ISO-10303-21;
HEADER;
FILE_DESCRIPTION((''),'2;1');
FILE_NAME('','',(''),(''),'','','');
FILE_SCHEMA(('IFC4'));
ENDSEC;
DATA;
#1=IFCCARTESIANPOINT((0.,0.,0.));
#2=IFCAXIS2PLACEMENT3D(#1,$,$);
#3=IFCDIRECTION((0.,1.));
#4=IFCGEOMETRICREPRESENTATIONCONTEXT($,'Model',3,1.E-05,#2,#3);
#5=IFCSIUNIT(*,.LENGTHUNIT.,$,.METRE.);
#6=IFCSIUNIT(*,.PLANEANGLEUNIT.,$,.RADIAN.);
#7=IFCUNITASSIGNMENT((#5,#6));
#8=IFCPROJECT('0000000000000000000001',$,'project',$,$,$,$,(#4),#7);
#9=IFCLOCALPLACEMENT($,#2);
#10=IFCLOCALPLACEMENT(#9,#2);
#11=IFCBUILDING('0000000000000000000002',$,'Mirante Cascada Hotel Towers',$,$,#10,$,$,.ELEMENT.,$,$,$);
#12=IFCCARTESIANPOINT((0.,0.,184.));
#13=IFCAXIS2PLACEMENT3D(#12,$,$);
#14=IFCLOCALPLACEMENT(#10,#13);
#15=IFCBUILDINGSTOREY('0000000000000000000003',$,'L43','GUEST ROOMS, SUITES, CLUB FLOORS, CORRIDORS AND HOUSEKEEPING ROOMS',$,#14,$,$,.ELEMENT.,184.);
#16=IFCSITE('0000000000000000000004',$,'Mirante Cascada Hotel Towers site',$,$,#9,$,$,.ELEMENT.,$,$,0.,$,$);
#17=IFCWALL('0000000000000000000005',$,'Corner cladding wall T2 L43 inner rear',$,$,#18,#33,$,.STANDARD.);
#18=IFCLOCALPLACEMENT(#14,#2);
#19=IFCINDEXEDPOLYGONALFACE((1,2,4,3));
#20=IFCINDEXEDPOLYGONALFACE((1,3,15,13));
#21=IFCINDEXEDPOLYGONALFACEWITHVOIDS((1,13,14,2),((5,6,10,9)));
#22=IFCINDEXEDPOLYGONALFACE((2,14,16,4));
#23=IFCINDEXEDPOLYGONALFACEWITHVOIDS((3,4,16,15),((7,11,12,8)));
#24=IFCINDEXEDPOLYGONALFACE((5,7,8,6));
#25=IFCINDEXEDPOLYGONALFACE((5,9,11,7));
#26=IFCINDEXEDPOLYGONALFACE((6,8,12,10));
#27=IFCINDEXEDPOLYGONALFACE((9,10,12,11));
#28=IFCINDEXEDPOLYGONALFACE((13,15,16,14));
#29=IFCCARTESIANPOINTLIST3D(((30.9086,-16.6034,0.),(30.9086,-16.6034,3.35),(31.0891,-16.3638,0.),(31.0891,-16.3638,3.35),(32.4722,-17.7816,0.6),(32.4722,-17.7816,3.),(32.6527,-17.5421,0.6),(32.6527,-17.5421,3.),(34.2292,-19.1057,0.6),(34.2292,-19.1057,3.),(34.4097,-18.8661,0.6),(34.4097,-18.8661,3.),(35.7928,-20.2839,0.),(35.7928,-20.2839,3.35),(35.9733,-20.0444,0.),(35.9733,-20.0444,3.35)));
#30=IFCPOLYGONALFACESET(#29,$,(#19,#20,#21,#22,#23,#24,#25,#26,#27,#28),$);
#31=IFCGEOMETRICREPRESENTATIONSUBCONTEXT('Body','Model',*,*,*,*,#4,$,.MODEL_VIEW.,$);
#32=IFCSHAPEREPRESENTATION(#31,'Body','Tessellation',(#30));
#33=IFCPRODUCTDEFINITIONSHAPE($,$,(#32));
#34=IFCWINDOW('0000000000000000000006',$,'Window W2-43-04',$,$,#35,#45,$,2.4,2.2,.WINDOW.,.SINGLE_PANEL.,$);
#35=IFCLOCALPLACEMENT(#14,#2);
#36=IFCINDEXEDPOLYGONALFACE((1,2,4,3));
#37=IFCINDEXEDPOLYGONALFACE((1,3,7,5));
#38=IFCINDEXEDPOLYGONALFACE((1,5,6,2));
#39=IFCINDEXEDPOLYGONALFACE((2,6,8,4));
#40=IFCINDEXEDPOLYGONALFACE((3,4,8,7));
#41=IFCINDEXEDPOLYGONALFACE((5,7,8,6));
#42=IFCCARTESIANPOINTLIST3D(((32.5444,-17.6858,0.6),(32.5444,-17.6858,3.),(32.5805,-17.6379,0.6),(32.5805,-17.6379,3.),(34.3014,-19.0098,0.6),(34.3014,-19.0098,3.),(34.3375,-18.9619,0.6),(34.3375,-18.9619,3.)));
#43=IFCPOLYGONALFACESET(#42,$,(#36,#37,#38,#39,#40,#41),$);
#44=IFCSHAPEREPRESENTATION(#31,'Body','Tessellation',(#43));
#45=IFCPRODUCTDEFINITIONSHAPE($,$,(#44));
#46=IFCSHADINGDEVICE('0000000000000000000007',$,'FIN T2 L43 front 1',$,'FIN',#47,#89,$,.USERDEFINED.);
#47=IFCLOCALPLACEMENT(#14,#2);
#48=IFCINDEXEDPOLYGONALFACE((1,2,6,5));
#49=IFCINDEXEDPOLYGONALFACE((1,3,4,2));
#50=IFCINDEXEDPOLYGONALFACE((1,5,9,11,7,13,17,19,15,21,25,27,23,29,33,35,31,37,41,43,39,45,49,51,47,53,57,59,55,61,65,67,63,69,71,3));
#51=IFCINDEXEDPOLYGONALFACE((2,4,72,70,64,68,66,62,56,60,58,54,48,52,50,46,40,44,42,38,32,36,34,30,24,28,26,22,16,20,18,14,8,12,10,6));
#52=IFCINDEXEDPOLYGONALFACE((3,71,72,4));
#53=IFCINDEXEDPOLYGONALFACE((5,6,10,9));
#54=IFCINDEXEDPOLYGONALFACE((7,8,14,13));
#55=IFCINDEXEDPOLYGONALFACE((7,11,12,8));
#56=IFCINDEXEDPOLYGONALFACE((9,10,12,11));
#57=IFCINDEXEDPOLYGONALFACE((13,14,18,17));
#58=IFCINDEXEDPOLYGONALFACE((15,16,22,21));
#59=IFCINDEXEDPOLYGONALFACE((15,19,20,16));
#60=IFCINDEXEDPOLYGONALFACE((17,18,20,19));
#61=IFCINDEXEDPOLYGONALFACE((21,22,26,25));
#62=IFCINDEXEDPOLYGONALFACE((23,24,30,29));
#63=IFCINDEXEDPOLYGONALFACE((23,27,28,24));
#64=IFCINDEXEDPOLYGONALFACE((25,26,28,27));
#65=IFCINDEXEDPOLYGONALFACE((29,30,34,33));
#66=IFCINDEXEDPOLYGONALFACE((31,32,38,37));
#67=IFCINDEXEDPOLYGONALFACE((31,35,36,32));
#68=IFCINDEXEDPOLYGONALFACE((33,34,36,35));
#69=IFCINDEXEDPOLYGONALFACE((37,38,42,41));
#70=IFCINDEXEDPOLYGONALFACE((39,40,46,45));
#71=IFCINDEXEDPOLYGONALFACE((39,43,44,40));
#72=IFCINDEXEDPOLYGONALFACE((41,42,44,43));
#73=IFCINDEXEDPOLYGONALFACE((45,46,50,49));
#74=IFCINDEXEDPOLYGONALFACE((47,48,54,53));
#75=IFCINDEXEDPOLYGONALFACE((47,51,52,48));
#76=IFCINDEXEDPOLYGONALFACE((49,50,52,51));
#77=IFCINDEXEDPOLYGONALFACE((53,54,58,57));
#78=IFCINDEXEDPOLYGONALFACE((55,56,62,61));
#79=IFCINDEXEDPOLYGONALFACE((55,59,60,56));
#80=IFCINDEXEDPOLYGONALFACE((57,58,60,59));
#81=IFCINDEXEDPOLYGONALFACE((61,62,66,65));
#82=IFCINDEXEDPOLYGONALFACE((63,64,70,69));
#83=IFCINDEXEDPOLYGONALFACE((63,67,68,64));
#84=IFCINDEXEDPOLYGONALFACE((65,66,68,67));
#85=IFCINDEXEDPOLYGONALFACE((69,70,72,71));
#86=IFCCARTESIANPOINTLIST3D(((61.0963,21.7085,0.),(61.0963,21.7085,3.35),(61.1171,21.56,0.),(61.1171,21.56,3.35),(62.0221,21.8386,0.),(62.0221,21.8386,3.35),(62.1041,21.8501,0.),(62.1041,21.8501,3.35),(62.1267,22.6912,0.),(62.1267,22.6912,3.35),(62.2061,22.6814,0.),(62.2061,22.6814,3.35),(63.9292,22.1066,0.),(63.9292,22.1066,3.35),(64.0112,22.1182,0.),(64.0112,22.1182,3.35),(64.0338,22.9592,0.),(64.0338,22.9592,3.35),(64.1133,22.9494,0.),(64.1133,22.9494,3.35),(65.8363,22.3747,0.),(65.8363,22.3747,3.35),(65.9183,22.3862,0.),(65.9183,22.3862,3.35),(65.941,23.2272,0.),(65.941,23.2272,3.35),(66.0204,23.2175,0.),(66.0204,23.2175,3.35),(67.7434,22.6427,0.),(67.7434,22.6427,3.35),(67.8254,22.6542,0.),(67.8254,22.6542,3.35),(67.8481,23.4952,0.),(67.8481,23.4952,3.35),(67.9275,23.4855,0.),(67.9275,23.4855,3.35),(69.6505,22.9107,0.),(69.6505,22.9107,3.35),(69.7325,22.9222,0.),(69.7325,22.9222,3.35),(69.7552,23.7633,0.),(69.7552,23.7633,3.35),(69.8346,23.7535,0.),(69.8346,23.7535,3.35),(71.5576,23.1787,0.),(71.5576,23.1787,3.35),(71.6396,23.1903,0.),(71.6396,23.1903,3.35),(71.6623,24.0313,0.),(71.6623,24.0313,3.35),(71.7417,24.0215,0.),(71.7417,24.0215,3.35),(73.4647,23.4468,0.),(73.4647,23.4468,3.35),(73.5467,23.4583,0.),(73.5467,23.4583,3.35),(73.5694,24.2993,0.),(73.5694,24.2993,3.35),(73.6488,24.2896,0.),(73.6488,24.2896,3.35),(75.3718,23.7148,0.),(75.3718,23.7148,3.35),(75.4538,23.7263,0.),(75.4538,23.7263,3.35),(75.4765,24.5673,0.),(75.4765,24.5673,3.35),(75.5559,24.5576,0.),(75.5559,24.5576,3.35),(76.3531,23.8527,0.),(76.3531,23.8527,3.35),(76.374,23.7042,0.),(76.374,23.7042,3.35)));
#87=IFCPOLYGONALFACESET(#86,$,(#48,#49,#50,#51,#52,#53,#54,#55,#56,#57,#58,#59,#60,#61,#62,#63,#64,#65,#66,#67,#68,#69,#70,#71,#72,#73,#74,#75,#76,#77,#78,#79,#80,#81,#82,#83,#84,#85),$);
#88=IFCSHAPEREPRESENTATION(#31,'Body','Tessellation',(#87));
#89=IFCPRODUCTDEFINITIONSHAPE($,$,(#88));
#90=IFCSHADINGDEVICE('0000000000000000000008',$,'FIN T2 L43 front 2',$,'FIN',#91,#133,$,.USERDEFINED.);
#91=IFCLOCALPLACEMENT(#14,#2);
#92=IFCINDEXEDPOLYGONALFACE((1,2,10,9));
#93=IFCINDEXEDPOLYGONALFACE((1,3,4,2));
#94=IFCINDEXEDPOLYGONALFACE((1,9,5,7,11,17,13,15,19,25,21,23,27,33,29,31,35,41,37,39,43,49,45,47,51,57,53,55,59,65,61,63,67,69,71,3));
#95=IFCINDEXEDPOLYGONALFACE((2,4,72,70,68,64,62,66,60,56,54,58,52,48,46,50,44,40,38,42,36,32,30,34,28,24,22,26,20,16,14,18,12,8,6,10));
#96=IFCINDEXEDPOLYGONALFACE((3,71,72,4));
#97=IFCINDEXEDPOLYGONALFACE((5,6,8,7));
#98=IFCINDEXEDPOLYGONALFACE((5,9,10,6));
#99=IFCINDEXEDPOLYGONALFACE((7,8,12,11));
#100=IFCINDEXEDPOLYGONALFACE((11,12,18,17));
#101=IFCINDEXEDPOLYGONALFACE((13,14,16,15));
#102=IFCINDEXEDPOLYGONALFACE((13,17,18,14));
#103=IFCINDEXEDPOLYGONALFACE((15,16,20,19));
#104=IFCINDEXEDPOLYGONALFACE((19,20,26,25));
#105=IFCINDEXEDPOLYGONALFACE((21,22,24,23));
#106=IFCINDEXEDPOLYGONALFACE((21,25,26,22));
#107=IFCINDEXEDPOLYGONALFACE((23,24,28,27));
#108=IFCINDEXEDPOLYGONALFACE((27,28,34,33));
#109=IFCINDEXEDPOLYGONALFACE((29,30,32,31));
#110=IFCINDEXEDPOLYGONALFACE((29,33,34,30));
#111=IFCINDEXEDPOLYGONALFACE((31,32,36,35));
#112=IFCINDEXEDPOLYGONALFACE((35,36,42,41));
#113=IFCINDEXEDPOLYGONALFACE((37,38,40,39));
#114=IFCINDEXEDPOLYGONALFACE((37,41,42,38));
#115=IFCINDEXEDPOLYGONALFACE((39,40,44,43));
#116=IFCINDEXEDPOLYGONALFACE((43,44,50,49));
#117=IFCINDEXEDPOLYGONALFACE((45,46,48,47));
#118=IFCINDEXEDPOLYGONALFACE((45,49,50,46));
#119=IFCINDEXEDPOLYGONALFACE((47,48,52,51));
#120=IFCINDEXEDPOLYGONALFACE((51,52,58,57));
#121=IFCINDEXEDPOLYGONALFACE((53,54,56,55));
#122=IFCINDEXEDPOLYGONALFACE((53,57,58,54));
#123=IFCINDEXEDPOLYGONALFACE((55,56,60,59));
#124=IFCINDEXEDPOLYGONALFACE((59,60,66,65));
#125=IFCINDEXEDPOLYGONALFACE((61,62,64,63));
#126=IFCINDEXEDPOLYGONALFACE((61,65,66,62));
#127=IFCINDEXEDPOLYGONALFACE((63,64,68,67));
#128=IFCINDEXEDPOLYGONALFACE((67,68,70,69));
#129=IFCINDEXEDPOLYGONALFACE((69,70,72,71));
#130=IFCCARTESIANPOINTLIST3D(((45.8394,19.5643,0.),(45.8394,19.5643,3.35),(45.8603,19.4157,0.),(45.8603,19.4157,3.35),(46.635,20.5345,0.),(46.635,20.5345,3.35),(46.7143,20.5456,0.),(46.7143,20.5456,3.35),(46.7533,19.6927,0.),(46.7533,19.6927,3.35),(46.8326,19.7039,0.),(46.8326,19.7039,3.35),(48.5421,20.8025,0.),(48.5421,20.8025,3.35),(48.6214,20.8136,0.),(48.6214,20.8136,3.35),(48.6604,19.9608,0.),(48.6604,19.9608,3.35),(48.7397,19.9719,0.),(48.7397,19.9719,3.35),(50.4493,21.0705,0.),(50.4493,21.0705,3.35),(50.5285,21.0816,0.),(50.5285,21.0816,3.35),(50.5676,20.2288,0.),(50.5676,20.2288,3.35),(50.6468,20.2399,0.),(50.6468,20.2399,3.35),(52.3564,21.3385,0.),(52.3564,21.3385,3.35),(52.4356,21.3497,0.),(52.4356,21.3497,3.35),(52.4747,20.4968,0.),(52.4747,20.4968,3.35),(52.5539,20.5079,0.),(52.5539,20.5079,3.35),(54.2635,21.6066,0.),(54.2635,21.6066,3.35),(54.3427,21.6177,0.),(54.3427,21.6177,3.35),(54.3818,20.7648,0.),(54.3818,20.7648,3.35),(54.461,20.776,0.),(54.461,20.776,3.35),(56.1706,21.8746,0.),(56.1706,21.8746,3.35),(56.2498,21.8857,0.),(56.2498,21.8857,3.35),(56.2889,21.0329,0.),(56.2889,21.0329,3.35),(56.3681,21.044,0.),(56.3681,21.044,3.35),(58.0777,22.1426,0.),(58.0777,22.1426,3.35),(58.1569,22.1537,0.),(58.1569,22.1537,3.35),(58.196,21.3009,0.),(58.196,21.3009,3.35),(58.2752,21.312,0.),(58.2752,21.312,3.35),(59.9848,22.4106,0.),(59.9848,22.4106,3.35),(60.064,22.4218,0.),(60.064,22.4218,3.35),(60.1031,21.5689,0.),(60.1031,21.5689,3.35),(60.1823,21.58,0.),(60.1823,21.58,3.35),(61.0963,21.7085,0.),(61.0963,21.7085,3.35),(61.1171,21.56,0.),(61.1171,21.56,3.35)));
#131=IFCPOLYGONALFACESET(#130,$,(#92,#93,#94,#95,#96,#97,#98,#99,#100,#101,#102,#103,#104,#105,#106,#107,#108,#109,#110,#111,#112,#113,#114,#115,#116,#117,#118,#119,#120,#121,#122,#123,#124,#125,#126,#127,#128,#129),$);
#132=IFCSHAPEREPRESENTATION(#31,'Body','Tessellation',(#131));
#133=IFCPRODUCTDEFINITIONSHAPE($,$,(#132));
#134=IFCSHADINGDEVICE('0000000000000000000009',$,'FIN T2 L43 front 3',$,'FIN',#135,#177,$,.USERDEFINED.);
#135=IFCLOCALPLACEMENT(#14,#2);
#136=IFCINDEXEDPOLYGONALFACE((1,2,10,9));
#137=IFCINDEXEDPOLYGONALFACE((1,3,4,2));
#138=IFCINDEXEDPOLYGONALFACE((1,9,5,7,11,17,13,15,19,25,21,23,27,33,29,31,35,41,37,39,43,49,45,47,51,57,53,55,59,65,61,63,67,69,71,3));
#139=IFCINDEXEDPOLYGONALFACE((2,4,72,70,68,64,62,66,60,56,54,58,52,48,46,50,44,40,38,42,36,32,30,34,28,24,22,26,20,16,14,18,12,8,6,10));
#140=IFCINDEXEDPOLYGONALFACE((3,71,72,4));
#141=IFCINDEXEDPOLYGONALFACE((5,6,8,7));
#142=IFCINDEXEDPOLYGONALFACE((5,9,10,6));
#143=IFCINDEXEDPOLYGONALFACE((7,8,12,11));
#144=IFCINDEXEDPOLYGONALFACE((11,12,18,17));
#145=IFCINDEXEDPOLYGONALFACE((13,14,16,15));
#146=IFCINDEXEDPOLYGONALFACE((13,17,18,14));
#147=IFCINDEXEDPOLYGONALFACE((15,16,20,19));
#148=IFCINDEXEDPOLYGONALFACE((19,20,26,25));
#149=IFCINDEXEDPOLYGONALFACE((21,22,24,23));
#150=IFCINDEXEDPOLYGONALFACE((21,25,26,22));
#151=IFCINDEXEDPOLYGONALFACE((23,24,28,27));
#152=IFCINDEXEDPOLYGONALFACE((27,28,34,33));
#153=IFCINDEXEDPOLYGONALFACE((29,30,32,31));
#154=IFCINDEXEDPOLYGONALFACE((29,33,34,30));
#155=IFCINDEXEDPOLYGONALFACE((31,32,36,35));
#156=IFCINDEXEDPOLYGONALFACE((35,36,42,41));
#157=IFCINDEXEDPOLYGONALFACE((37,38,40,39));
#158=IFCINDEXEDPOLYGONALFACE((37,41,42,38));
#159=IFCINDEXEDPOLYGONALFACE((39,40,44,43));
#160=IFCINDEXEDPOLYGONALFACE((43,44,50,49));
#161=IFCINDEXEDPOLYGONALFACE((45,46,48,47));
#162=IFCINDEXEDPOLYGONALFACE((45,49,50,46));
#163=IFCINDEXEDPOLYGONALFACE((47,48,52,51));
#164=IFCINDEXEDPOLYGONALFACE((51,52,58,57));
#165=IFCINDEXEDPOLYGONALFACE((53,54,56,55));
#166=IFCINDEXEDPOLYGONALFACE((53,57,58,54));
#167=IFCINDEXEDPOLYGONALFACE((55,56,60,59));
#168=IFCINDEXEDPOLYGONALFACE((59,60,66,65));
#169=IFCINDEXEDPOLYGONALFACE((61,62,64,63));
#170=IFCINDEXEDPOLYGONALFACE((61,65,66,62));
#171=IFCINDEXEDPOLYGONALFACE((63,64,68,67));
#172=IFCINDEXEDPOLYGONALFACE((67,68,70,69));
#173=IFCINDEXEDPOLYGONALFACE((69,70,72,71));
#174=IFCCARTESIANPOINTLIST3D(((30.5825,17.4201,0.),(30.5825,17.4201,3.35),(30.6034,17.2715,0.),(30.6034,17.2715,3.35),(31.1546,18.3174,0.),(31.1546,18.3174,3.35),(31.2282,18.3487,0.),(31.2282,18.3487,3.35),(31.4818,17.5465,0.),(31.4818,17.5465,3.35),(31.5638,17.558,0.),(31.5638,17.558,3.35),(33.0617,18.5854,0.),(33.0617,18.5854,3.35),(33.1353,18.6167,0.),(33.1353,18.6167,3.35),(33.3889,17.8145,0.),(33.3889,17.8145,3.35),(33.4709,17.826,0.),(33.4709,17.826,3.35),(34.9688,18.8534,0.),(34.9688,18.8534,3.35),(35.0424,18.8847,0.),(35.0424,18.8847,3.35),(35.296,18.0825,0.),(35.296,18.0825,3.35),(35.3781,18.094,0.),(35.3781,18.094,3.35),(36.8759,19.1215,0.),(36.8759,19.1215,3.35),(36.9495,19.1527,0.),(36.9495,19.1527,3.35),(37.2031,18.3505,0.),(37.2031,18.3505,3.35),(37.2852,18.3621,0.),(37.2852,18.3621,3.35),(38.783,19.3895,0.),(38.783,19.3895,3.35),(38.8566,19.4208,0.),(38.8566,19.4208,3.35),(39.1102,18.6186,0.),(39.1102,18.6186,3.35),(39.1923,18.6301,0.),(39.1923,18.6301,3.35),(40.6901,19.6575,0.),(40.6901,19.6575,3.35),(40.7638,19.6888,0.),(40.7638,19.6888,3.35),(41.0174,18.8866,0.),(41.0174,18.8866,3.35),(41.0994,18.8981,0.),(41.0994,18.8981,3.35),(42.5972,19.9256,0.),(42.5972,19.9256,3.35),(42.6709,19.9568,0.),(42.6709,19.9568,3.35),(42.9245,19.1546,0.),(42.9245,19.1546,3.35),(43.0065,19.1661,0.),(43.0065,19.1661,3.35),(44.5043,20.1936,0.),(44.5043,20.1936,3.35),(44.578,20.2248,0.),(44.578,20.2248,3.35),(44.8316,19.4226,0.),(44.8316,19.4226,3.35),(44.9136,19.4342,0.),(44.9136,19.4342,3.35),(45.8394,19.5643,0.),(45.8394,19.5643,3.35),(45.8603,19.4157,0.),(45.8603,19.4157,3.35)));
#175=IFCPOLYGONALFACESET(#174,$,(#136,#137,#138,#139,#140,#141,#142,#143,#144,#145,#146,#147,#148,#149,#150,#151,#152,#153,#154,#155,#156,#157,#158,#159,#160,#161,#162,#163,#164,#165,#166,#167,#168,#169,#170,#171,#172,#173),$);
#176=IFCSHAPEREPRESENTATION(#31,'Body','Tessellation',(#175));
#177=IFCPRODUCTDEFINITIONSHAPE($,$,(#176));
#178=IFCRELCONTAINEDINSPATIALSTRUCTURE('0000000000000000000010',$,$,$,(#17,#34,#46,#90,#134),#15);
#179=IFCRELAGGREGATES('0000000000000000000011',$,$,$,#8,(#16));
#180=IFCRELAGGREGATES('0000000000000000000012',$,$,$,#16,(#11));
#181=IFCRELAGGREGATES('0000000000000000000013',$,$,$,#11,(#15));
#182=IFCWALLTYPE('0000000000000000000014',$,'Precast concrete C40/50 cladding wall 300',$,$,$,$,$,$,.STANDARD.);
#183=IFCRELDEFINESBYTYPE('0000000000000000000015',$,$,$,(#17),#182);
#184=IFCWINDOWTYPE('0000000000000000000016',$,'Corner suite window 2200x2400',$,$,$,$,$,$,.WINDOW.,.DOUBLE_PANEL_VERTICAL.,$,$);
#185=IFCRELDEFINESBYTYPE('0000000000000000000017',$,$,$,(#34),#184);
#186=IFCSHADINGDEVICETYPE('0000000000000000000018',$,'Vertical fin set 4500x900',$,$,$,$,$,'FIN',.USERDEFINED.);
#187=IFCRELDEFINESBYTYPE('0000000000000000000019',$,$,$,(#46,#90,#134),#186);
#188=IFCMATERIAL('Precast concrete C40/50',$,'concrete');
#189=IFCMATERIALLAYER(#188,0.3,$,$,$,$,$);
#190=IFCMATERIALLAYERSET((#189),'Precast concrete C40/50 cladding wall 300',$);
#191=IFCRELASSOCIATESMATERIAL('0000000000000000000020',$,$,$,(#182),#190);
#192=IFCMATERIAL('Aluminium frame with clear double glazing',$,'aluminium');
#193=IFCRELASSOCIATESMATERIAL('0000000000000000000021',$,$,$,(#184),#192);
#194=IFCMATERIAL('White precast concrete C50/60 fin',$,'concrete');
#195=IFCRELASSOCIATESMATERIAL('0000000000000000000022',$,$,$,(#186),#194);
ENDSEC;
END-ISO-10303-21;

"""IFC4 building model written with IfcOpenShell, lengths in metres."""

from ifc_helpers import new_model, si_unit, direction, frame, frame_2d, origin, place, context, subcontext, project, spatial, polyline, rectangle, outline, extrude, material, layer, layer_set, type_object, element, fill, save


model = new_model("IFC4")

# Units and contexts
model_context = context("Model", 3, precision=1e-05, world=origin(), true_north=direction((0.0, 1.0)))
body_context = subcontext(model_context, "Body", "Model", "MODEL_VIEW")
ifc_project = project(units=[si_unit("LENGTHUNIT", "METRE"), si_unit("PLANEANGLEUNIT", "RADIAN")], contexts=[model_context])

# Site, building, storey
site_placement = place(None, origin())
site = spatial("IfcSite", under=ifc_project, at=site_placement, Name="Mirante Cascada Hotel Towers site", CompositionType="ELEMENT", RefElevation=0.0)
building_placement = place(site_placement, origin())
building = spatial("IfcBuilding", under=site, at=building_placement, Name="Mirante Cascada Hotel Towers", CompositionType="ELEMENT")
storey_placement = place(building_placement, frame((0.0, 0.0, 184.0)))
storey = spatial("IfcBuildingStorey", under=building, at=storey_placement, Name="L43", Description="GUEST ROOMS, SUITES, CLUB FLOORS, CORRIDORS AND HOUSEKEEPING ROOMS", CompositionType="ELEMENT", Elevation=184.0)

# Wall, opening, window
ifc_material_1 = material(Name="Precast concrete C40/50", Category="concrete")
ifc_layer_1 = layer(ifc_material_1, 0.3)
ifc_layer_set_1 = layer_set([ifc_layer_1], Name="Precast concrete C40/50 cladding wall 300")
wall_type_1 = type_object("IfcWallType", Name="Precast concrete C40/50 cladding wall 300", PredefinedType="STANDARD", material=ifc_layer_set_1)
wall_1_placement = place(storey_placement, frame((30.9989, -16.4836, 0.0), z_axis=(0.0, 0.0, 1.0), x_axis=(0.798628, -0.601824, 0.0)))
wall_1 = element("IfcWall", 1, at=wall_1_placement, inside=storey, type_object=wall_type_1, Name="Corner cladding wall T2 L43 inner rear", PredefinedType="STANDARD", context=body_context, shape_type="SweptSolid", body=[
    extrude(rectangle(XDim=6.1157, YDim=0.3, at=frame_2d((3.0578, 0.0))), origin(), (0.0, 0.0, 1.0), 3.35),
])
opening_1_placement = place(wall_1_placement, frame((1.9578, 0.0, 0.6)))
opening_1 = element("IfcOpeningElement", 2, at=opening_1_placement, cuts=wall_1, PredefinedType="OPENING", context=body_context, shape_type="SweptSolid", body=[
    extrude(rectangle(XDim=2.2, YDim=2.4, at=frame_2d((1.1, 1.2))), frame((0.0, 0.15, 0.0), z_axis=(0.0, -1.0, 0.0), x_axis=(1.0, 0.0, 0.0)), (0.0, 0.0, 1.0), 0.3),
])
ifc_material_2 = material(Name="Aluminium frame with clear double glazing", Category="aluminium")
window_type = type_object("IfcWindowType", Name="Corner suite window 2200x2400", PartitioningType="DOUBLE_PANEL_VERTICAL", PredefinedType="WINDOW", material=ifc_material_2)
window_placement = place(opening_1_placement, origin())
window = element("IfcWindow", 3, at=window_placement, inside=storey, type_object=window_type, Name="Window W2-43-04", OverallHeight=2.4, OverallWidth=2.2, PartitioningType="SINGLE_PANEL", PredefinedType="WINDOW", context=body_context, shape_type="SweptSolid", body=[
    extrude(rectangle(XDim=2.2, YDim=2.4, at=frame_2d((1.1, 1.2))), frame((0.0, 0.03, 0.0), z_axis=(0.0, -1.0, 0.0), x_axis=(1.0, 0.0, 0.0)), (0.0, 0.0, 1.0), 0.06),
])
fill(opening_1, window)

# Shading devices
ifc_material_3 = material(Name="White precast concrete C50/60 fin", Category="concrete")
shading_device_type = type_object("IfcShadingDeviceType", Name="Vertical fin set 4500x900", ElementType="FIN", PredefinedType="USERDEFINED", material=ifc_material_3)
shading_device_1_placement = place(storey_placement, origin())
element("IfcShadingDevice", 4, at=shading_device_1_placement, inside=storey, type_object=shading_device_type, Name="FIN T2 L43 front 1", ObjectType="FIN", PredefinedType="USERDEFINED", context=body_context, shape_type="SweptSolid", body=[
    extrude(outline(polyline([(62.2061, 22.6814), (62.1041, 21.8501), (63.9292, 22.1066), (64.0338, 22.9592), (64.1133, 22.9494), (64.0112, 22.1182), (65.8363, 22.3747), (65.941, 23.2272), (66.0204, 23.2175), (65.9183, 22.3862), (67.7434, 22.6427), (67.8481, 23.4952), (67.9275, 23.4855), (67.8254, 22.6542), (69.6505, 22.9107), (69.7552, 23.7633), (69.8346, 23.7535), (69.7325, 22.9222), (71.5576, 23.1787), (71.6623, 24.0313), (71.7417, 24.0215), (71.6396, 23.1903), (73.4647, 23.4468), (73.5694, 24.2993), (73.6488, 24.2896), (73.5467, 23.4583), (75.3718, 23.7148), (75.4765, 24.5673), (75.5559, 24.5576), (75.4538, 23.7263), (76.3531, 23.8527), (76.374, 23.7042), (61.1171, 21.56), (61.0963, 21.7085), (62.0221, 21.8386), (62.1267, 22.6912), (62.2061, 22.6814)])), origin(), (0.0, 0.0, 1.0), 3.35),
])
shading_device_2_placement = place(storey_placement, origin())
element("IfcShadingDevice", 5, at=shading_device_2_placement, inside=storey, type_object=shading_device_type, Name="FIN T2 L43 front 2", ObjectType="FIN", PredefinedType="USERDEFINED", context=body_context, shape_type="SweptSolid", body=[
    extrude(outline(polyline([(46.7143, 20.5456), (46.8326, 19.7039), (48.6604, 19.9608), (48.5421, 20.8025), (48.6214, 20.8136), (48.7397, 19.9719), (50.5676, 20.2288), (50.4493, 21.0705), (50.5285, 21.0816), (50.6468, 20.2399), (52.4747, 20.4968), (52.3564, 21.3385), (52.4356, 21.3497), (52.5539, 20.5079), (54.3818, 20.7648), (54.2635, 21.6066), (54.3427, 21.6177), (54.461, 20.776), (56.2889, 21.0329), (56.1706, 21.8746), (56.2498, 21.8857), (56.3681, 21.044), (58.196, 21.3009), (58.0777, 22.1426), (58.1569, 22.1537), (58.2752, 21.312), (60.1031, 21.5689), (59.9848, 22.4106), (60.064, 22.4218), (60.1823, 21.58), (61.0963, 21.7085), (61.1171, 21.56), (45.8603, 19.4157), (45.8394, 19.5643), (46.7533, 19.6927), (46.635, 20.5345), (46.7143, 20.5456)])), origin(), (0.0, 0.0, 1.0), 3.35),
])
shading_device_3_placement = place(storey_placement, origin())
element("IfcShadingDevice", 6, at=shading_device_3_placement, inside=storey, type_object=shading_device_type, Name="FIN T2 L43 front 3", ObjectType="FIN", PredefinedType="USERDEFINED", context=body_context, shape_type="SweptSolid", body=[
    extrude(outline(polyline([(31.2282, 18.3487), (31.5638, 17.558), (33.3889, 17.8145), (33.0617, 18.5854), (33.1353, 18.6167), (33.4709, 17.826), (35.296, 18.0825), (34.9688, 18.8534), (35.0424, 18.8847), (35.3781, 18.094), (37.2031, 18.3505), (36.8759, 19.1215), (36.9495, 19.1527), (37.2852, 18.3621), (39.1102, 18.6186), (38.783, 19.3895), (38.8566, 19.4208), (39.1923, 18.6301), (41.0174, 18.8866), (40.6901, 19.6575), (40.7638, 19.6888), (41.0994, 18.8981), (42.9245, 19.1546), (42.5972, 19.9256), (42.6709, 19.9568), (43.0065, 19.1661), (44.8316, 19.4226), (44.5043, 20.1936), (44.578, 20.2248), (44.9136, 19.4342), (45.8394, 19.5643), (45.8603, 19.4157), (30.6034, 17.2715), (30.5825, 17.4201), (31.4818, 17.5465), (31.1546, 18.3174), (31.2282, 18.3487)])), origin(), (0.0, 0.0, 1.0), 3.35),
])

save(model, "model.ifc")
